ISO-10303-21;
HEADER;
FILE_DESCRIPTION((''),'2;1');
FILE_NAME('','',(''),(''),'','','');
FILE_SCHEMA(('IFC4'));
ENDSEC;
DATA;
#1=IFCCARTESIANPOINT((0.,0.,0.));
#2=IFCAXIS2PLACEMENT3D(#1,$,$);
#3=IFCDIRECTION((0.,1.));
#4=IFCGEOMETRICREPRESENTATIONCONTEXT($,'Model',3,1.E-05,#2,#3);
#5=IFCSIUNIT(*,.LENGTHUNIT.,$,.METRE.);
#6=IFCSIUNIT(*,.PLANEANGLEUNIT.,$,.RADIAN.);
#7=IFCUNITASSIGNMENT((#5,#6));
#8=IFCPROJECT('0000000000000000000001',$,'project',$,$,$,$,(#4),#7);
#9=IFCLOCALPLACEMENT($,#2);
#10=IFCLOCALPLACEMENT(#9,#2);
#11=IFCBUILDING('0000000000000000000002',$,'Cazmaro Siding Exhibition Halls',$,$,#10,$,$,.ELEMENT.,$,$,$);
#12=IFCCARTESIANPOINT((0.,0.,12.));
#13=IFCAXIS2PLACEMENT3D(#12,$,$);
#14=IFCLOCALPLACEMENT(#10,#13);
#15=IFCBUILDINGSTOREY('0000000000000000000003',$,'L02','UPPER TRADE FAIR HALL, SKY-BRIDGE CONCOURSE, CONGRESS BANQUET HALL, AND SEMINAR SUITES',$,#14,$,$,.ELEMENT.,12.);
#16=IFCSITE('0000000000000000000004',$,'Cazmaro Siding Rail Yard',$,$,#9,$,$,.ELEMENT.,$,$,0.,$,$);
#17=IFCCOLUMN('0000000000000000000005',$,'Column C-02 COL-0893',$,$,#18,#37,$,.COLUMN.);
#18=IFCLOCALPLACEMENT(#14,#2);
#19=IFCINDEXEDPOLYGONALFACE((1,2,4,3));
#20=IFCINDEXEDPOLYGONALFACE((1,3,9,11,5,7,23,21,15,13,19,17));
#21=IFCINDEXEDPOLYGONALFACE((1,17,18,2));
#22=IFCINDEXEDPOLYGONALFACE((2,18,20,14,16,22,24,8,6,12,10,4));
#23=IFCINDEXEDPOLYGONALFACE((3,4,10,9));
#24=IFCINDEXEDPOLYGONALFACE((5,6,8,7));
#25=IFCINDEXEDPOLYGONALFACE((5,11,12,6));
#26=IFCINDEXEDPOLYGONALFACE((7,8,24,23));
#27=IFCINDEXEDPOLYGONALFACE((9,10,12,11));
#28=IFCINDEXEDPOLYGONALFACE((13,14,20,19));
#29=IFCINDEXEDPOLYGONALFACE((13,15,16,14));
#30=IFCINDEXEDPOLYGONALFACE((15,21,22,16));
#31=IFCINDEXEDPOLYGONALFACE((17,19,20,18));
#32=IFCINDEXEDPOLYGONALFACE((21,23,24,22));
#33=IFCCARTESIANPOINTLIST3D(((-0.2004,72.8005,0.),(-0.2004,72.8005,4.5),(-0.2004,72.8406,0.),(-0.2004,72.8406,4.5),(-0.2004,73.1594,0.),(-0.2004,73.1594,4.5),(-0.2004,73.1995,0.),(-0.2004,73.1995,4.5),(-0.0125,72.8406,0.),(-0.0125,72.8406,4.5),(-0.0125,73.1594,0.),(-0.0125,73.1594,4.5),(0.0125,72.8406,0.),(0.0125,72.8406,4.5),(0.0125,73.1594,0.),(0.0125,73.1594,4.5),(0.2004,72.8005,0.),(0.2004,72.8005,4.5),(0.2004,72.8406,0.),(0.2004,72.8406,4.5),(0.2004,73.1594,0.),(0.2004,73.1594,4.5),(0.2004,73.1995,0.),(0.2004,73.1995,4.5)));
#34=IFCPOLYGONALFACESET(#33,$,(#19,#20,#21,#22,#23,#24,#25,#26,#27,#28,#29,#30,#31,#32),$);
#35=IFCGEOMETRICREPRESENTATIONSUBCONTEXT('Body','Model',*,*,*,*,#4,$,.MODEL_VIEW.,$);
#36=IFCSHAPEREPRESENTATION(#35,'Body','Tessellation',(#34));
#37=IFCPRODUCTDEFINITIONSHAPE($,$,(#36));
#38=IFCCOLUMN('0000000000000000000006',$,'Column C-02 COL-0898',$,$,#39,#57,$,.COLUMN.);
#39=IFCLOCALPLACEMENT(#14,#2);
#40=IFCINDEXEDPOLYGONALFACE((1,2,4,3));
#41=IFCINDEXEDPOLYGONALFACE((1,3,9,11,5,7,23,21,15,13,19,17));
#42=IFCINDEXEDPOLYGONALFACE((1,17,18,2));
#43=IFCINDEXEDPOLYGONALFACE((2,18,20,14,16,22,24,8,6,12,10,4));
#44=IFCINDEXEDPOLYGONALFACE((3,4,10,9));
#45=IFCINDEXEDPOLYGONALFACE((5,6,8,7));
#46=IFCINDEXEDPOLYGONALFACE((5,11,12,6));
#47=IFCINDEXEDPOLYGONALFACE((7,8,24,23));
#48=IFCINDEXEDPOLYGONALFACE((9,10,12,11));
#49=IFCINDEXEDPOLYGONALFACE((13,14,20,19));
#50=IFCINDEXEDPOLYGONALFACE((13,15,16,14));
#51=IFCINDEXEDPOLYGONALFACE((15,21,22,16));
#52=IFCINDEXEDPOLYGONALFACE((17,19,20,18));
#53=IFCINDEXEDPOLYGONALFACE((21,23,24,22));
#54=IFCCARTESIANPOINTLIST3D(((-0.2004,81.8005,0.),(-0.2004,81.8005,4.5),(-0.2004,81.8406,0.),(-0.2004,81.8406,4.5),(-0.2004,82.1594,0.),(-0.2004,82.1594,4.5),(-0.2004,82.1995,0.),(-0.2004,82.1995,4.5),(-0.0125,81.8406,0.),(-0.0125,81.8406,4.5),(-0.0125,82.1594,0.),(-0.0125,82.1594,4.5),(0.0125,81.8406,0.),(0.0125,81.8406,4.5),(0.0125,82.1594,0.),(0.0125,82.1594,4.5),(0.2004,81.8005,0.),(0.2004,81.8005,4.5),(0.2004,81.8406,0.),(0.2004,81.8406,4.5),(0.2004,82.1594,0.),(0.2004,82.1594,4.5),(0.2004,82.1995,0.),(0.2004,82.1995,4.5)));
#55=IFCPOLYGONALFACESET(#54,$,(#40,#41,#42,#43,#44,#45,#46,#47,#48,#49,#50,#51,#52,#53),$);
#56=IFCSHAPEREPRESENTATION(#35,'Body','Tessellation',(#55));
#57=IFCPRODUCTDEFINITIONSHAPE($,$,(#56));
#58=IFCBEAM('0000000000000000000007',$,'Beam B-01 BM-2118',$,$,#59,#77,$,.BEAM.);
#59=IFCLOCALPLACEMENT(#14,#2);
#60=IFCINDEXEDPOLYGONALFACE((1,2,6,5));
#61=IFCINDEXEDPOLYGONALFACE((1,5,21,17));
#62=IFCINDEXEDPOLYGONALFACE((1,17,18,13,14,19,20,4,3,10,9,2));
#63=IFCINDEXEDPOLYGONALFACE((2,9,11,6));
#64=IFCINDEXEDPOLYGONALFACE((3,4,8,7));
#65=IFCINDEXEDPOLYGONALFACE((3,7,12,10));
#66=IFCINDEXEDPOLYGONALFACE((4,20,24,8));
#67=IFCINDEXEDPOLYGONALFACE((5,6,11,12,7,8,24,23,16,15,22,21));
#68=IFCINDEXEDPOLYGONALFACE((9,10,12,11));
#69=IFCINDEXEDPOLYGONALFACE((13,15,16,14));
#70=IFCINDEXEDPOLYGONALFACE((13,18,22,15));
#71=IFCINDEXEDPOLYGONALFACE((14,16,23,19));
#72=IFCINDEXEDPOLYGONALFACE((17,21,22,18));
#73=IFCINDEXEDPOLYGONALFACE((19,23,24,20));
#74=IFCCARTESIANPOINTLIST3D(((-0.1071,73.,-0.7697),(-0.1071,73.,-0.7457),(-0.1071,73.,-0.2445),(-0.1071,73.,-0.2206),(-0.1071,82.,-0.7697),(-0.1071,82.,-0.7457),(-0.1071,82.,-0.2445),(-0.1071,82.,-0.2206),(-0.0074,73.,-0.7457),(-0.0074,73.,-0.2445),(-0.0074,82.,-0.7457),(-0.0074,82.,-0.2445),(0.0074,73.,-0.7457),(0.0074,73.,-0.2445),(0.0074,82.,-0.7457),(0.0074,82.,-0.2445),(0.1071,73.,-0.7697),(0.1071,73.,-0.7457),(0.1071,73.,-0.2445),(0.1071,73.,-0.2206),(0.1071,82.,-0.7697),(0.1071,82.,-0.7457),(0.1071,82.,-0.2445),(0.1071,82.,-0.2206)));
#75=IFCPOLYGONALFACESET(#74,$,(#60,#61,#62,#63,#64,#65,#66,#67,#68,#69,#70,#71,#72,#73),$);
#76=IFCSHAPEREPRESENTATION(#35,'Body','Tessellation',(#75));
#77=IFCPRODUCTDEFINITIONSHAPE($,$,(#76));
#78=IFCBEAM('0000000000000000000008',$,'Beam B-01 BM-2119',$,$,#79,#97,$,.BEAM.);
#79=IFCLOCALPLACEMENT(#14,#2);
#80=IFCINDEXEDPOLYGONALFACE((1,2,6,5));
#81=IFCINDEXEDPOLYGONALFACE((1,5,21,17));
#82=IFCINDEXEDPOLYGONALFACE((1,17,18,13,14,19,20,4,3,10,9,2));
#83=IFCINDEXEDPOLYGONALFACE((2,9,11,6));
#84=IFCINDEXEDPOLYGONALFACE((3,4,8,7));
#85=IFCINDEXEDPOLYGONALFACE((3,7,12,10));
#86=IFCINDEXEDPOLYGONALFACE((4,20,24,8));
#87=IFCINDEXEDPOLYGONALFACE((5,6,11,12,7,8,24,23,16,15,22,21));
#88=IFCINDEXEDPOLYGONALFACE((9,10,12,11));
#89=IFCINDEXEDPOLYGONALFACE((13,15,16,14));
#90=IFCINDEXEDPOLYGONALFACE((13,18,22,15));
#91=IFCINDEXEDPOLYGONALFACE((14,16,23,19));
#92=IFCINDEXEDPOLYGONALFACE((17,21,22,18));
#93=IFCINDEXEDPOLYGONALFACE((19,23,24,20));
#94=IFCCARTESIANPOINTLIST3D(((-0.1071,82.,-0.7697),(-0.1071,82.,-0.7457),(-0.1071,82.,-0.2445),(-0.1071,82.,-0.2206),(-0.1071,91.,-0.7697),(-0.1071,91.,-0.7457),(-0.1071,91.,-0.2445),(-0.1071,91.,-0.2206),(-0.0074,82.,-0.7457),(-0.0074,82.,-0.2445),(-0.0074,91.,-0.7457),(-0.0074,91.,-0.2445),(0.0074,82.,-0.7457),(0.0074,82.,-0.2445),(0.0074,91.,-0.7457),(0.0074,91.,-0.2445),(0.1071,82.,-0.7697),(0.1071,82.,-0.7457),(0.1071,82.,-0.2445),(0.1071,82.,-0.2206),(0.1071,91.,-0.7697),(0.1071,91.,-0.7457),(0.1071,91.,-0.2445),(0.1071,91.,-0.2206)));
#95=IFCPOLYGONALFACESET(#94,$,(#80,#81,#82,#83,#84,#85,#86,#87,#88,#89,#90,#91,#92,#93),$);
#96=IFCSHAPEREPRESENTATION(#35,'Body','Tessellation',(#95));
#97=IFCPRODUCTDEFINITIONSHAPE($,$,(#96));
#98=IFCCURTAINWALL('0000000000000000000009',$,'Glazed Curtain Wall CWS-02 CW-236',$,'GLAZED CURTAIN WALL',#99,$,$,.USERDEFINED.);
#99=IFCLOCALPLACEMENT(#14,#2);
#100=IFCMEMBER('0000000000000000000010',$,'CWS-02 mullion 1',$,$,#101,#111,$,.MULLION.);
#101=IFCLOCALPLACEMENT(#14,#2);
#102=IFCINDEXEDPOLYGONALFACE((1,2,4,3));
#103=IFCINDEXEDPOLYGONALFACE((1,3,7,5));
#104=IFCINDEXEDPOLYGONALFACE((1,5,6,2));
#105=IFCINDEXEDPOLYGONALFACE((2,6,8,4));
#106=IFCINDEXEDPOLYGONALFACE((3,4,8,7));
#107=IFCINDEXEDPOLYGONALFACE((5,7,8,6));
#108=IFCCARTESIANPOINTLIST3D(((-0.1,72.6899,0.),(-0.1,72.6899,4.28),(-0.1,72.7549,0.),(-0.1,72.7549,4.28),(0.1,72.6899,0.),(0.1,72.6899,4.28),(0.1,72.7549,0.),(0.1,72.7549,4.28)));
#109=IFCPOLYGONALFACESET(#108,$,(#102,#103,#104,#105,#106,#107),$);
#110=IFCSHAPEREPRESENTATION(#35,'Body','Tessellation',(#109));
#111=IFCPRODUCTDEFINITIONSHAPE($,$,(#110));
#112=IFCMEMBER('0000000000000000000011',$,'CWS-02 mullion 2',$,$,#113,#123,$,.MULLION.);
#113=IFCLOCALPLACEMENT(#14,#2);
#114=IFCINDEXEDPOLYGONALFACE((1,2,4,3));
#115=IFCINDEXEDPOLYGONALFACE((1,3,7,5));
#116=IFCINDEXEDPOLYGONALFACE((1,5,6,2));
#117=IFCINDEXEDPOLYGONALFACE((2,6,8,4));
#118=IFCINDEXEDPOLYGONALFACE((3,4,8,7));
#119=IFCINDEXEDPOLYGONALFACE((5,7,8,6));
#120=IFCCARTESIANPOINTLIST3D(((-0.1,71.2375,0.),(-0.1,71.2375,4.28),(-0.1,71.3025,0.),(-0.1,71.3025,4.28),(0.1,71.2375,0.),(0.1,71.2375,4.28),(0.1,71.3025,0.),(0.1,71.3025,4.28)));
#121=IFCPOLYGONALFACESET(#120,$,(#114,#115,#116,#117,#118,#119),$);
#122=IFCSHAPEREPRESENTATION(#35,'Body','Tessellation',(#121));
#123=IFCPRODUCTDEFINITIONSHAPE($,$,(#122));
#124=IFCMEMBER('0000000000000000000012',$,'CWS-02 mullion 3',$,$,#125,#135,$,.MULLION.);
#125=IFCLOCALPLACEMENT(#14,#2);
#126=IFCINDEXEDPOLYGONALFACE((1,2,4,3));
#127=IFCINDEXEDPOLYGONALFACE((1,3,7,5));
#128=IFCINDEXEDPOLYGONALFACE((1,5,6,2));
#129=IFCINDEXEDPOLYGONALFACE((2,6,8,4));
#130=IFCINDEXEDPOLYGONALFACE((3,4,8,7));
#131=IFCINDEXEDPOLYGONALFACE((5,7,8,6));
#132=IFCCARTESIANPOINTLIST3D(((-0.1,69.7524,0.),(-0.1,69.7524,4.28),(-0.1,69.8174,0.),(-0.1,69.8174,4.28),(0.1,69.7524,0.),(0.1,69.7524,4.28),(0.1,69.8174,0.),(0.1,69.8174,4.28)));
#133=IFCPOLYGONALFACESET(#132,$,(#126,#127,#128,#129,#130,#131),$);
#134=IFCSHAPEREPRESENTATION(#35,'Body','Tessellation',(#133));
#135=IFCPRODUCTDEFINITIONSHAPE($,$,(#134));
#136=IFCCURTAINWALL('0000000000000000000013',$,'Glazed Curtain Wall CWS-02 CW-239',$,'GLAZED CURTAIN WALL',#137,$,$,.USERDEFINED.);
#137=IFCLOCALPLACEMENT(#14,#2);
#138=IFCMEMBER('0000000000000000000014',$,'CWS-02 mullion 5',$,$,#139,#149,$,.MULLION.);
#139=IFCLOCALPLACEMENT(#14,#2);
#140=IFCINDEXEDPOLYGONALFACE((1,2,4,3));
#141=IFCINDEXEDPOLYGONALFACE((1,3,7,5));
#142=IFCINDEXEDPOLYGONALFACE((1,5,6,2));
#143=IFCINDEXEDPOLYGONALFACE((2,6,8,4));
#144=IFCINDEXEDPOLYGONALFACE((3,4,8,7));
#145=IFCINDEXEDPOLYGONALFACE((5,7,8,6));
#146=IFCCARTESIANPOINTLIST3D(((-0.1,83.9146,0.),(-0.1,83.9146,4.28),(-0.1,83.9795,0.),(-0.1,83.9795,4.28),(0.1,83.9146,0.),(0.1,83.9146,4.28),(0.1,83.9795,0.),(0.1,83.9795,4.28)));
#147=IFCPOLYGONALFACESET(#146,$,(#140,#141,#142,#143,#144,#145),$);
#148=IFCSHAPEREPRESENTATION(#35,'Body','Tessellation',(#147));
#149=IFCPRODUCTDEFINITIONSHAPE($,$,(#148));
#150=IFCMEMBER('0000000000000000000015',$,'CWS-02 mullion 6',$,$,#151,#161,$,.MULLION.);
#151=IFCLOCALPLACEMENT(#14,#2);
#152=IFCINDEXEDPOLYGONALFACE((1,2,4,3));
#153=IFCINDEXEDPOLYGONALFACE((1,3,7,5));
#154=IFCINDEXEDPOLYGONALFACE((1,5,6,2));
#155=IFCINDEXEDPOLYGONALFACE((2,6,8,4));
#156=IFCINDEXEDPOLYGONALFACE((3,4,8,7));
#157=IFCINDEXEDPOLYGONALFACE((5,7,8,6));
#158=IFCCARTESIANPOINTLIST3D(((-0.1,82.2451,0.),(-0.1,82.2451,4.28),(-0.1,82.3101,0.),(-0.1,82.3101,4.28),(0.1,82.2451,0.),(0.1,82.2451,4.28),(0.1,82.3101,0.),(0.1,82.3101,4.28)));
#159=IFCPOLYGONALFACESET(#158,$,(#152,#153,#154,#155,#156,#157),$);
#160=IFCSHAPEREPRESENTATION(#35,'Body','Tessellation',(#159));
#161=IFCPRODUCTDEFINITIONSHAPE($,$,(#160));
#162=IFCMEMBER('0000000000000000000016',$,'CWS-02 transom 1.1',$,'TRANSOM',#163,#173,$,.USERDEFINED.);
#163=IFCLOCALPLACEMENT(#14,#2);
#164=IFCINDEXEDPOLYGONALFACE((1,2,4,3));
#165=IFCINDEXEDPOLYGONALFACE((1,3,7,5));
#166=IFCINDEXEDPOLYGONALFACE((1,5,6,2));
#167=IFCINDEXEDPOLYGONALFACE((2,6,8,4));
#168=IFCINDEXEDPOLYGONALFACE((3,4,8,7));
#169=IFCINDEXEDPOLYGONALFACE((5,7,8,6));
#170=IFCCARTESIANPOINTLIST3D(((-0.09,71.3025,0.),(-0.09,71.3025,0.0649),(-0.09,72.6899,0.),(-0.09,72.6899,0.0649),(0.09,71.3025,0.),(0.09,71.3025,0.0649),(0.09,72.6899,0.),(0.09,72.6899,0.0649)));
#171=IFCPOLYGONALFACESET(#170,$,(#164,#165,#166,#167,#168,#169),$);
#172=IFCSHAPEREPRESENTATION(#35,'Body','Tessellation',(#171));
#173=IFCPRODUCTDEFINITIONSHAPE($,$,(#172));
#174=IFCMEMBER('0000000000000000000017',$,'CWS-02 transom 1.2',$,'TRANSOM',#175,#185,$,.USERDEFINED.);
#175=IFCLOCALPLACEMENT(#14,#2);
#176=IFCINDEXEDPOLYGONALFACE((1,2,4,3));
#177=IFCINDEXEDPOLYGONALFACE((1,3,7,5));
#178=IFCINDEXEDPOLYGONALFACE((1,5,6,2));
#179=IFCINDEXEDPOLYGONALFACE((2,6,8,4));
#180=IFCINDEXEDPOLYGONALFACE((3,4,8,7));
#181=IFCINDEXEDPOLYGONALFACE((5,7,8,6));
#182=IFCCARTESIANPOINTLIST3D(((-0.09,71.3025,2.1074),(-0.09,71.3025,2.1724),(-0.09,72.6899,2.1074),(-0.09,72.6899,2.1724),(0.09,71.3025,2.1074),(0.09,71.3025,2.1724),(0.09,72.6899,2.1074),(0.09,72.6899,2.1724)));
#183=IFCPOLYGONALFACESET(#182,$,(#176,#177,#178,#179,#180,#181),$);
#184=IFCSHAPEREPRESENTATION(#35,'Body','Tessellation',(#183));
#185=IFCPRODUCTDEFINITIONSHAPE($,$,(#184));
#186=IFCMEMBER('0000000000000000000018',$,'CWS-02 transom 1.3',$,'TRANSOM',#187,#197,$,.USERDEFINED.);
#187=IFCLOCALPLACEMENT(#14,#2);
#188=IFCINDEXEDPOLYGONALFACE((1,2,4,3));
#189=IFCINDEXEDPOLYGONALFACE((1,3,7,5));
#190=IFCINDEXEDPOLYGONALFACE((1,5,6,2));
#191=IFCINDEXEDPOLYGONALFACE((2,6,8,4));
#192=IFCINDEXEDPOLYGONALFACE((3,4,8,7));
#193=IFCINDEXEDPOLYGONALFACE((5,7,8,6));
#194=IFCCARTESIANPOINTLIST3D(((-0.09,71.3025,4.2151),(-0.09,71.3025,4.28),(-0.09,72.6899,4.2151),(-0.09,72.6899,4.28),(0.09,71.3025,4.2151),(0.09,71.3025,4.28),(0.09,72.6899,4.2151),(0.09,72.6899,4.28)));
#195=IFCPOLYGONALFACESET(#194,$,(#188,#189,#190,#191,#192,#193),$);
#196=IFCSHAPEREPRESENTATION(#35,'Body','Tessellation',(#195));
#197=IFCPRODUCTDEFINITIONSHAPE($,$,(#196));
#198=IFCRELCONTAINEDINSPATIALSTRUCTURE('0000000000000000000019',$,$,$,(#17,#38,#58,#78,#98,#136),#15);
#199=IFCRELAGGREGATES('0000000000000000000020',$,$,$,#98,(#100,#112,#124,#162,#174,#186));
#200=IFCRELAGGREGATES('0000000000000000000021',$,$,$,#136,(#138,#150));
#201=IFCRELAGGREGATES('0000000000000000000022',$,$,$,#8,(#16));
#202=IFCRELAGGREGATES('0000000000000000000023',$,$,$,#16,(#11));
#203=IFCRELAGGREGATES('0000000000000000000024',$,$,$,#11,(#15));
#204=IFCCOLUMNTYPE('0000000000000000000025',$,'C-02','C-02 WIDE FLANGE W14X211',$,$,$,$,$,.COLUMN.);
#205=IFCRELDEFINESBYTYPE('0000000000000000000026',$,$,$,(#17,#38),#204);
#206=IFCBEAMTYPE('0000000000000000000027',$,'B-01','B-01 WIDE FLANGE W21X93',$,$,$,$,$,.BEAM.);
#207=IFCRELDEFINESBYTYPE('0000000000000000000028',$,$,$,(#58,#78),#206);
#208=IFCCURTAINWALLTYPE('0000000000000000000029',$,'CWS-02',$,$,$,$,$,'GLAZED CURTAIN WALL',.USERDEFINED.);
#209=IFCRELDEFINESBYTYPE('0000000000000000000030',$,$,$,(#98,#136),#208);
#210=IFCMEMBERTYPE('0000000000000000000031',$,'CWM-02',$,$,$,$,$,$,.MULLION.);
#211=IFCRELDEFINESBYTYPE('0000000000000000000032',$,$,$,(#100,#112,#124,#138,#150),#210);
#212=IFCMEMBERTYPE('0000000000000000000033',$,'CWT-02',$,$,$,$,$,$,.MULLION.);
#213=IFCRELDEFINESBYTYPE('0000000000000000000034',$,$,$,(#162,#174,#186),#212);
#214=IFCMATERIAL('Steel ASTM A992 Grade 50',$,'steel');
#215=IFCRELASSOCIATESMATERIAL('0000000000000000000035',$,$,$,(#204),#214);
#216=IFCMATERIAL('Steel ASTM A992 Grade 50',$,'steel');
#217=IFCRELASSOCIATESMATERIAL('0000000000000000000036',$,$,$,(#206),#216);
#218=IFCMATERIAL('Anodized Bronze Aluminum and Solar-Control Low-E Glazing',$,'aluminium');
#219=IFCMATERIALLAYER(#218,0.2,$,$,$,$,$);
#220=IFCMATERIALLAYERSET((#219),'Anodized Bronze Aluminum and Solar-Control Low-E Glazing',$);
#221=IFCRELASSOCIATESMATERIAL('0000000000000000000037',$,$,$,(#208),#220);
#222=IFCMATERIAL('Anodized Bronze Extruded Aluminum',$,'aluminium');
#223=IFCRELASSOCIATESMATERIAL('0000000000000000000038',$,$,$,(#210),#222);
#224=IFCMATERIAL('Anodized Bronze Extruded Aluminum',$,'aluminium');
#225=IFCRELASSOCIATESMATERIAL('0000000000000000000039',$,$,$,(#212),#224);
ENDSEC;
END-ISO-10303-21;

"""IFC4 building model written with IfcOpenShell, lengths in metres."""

from ifc_helpers import new_model, si_unit, direction, frame, origin, origin_2d, place, context, subcontext, project, spatial, rectangle, i_section, extrude, material, layer, layer_set, material_profile, profile_set, type_object, element, aggregate, save


model = new_model("IFC4")

# Units and contexts
model_context = context("Model", 3, precision=1e-05, world=origin(), true_north=direction((0.0, 1.0)))
body_context = subcontext(model_context, "Body", "Model", "MODEL_VIEW")
ifc_project = project(units=[si_unit("LENGTHUNIT", "METRE"), si_unit("PLANEANGLEUNIT", "RADIAN")], contexts=[model_context])

# Site, building, storey
site_placement = place(None, origin())
site = spatial("IfcSite", under=ifc_project, at=site_placement, Name="Cazmaro Siding Rail Yard", CompositionType="ELEMENT", RefElevation=0.0)
building_placement = place(site_placement, origin())
building = spatial("IfcBuilding", under=site, at=building_placement, Name="Cazmaro Siding Exhibition Halls", CompositionType="ELEMENT")
storey_placement = place(building_placement, frame((0.0, 0.0, 12.0)))
storey = spatial("IfcBuildingStorey", under=building, at=storey_placement, Name="L02", Description="UPPER TRADE FAIR HALL, SKY-BRIDGE CONCOURSE, CONGRESS BANQUET HALL, AND SEMINAR SUITES", CompositionType="ELEMENT", Elevation=12.0)

# Columns
ifc_material_1 = material(Name="Steel ASTM A992 Grade 50", Category="steel")
ifc_material_profile_1 = material_profile(ifc_material_1, i_section(OverallWidth=0.4009, OverallDepth=0.3989, WebThickness=0.0249, FlangeThickness=0.04, at=origin_2d()), Name="W14X211")
ifc_profile_set_1 = profile_set([ifc_material_profile_1], Name="Steel ASTM A992 Grade 50")
column_type = type_object("IfcColumnType", Name="C-02", Description="C-02 WIDE FLANGE W14X211", PredefinedType="COLUMN", material=ifc_profile_set_1)
for number, where, z_axis, x_axis, name in (
    (1, (0.0, 73.0, 0.0), (0.0, 0.0, 1.0), (1.0, 0.0, 0.0), "Column C-02 COL-0893"),
    (2, (0.0, 82.0, 0.0), (0.0, 0.0, 1.0), (1.0, 0.0, 0.0), "Column C-02 COL-0898"),
):
    element("IfcColumn", number, at=place(storey_placement, frame(where, z_axis=z_axis, x_axis=x_axis)), inside=storey, type_object=column_type, Name=name, PredefinedType="COLUMN", context=body_context, shape_type="SweptSolid", body=[
        extrude(i_section(OverallWidth=0.4009, OverallDepth=0.3989, WebThickness=0.0249, FlangeThickness=0.04, at=origin_2d()), origin(), (0.0, 0.0, 1.0), 4.5),
    ])

# Beams
ifc_material_2 = material(Name="Steel ASTM A992 Grade 50", Category="steel")
ifc_material_profile_2 = material_profile(ifc_material_2, i_section(OverallWidth=0.2141, OverallDepth=0.5491, WebThickness=0.0149, FlangeThickness=0.0239, at=origin_2d()), Name="W21X93")
ifc_profile_set_2 = profile_set([ifc_material_profile_2], Name="Steel ASTM A992 Grade 50")
beam_type_1 = type_object("IfcBeamType", Name="B-01", Description="B-01 WIDE FLANGE W21X93", PredefinedType="BEAM", material=ifc_profile_set_2)
for number, where, z_axis, x_axis, name in (
    (3, (0.0, 73.0, -0.4951), (0.0, 1.0, 0.0), (-1.0, 0.0, 0.0), "Beam B-01 BM-2118"),
    (4, (0.0, 82.0, -0.4951), (0.0, 1.0, 0.0), (-1.0, 0.0, 0.0), "Beam B-01 BM-2119"),
):
    element("IfcBeam", number, at=place(storey_placement, frame(where, z_axis=z_axis, x_axis=x_axis)), inside=storey, type_object=beam_type_1, Name=name, PredefinedType="BEAM", context=body_context, shape_type="SweptSolid", body=[
        extrude(i_section(OverallWidth=0.2141, OverallDepth=0.5491, WebThickness=0.0149, FlangeThickness=0.0239, at=origin_2d()), origin(), (0.0, 0.0, 1.0), 9.0),
    ])

# Curtain walls, members
ifc_material_3 = material(Name="Anodized Bronze Aluminum and Solar-Control Low-E Glazing", Category="aluminium")
ifc_layer_1 = layer(ifc_material_3, 0.2)
ifc_layer_set_1 = layer_set([ifc_layer_1], Name="Anodized Bronze Aluminum and Solar-Control Low-E Glazing")
curtain_wall_type = type_object("IfcCurtainWallType", Name="CWS-02", ElementType="GLAZED CURTAIN WALL", PredefinedType="USERDEFINED", material=ifc_layer_set_1)
curtain_wall_1_placement = place(storey_placement, origin())
curtain_wall_1 = element("IfcCurtainWall", 5, at=curtain_wall_1_placement, inside=storey, type_object=curtain_wall_type, Name="Glazed Curtain Wall CWS-02 CW-236", ObjectType="GLAZED CURTAIN WALL", PredefinedType="USERDEFINED")
ifc_material_4 = material(Name="Anodized Bronze Extruded Aluminum", Category="aluminium")
ifc_material_profile_3 = material_profile(ifc_material_4, rectangle(XDim=0.2, YDim=0.0649, at=origin_2d()), Name="CWM-02")
ifc_profile_set_3 = profile_set([ifc_material_profile_3], Name="Anodized Bronze Extruded Aluminum")
member_type_1 = type_object("IfcMemberType", Name="CWM-02", PredefinedType="MULLION", material=ifc_profile_set_3)
member_1_placement = place(storey_placement, frame((0.0, 72.7224, 0.0), z_axis=(0.0, 0.0, 1.0), x_axis=(1.0, 0.0, 0.0)))
member_1 = element("IfcMember", 6, at=member_1_placement, type_object=member_type_1, Name="CWS-02 mullion 1", PredefinedType="MULLION", context=body_context, shape_type="SweptSolid", body=[
    extrude(rectangle(XDim=0.2, YDim=0.0649, at=origin_2d()), origin(), (0.0, 0.0, 1.0), 4.28),
])
member_2_placement = place(storey_placement, frame((0.0, 71.27, 0.0), z_axis=(0.0, 0.0, 1.0), x_axis=(1.0, 0.0, 0.0)))
member_2 = element("IfcMember", 7, at=member_2_placement, type_object=member_type_1, Name="CWS-02 mullion 2", PredefinedType="MULLION", context=body_context, shape_type="SweptSolid", body=[
    extrude(rectangle(XDim=0.2, YDim=0.0649, at=origin_2d()), origin(), (0.0, 0.0, 1.0), 4.28),
])
member_3_placement = place(storey_placement, frame((0.0, 69.7849, 0.0), z_axis=(0.0, 0.0, 1.0), x_axis=(1.0, 0.0, 0.0)))
member_3 = element("IfcMember", 8, at=member_3_placement, type_object=member_type_1, Name="CWS-02 mullion 3", PredefinedType="MULLION", context=body_context, shape_type="SweptSolid", body=[
    extrude(rectangle(XDim=0.2, YDim=0.0649, at=origin_2d()), origin(), (0.0, 0.0, 1.0), 4.28),
])
curtain_wall_2_placement = place(storey_placement, origin())
curtain_wall_2 = element("IfcCurtainWall", 9, at=curtain_wall_2_placement, inside=storey, type_object=curtain_wall_type, Name="Glazed Curtain Wall CWS-02 CW-239", ObjectType="GLAZED CURTAIN WALL", PredefinedType="USERDEFINED")
member_4_placement = place(storey_placement, frame((0.0, 83.947, 0.0), z_axis=(0.0, 0.0, 1.0), x_axis=(1.0, 0.0, 0.0)))
member_4 = element("IfcMember", 10, at=member_4_placement, type_object=member_type_1, Name="CWS-02 mullion 5", PredefinedType="MULLION", context=body_context, shape_type="SweptSolid", body=[
    extrude(rectangle(XDim=0.2, YDim=0.0649, at=origin_2d()), origin(), (0.0, 0.0, 1.0), 4.28),
])
member_5_placement = place(storey_placement, frame((0.0, 82.2776, 0.0), z_axis=(0.0, 0.0, 1.0), x_axis=(1.0, 0.0, 0.0)))
member_5 = element("IfcMember", 11, at=member_5_placement, type_object=member_type_1, Name="CWS-02 mullion 6", PredefinedType="MULLION", context=body_context, shape_type="SweptSolid", body=[
    extrude(rectangle(XDim=0.2, YDim=0.0649, at=origin_2d()), origin(), (0.0, 0.0, 1.0), 4.28),
])

# Members
ifc_material_5 = material(Name="Anodized Bronze Extruded Aluminum", Category="aluminium")
ifc_material_profile_4 = material_profile(ifc_material_5, rectangle(XDim=0.1799, YDim=0.0649, at=origin_2d()), Name="CWT-02")
ifc_profile_set_4 = profile_set([ifc_material_profile_4], Name="Anodized Bronze Extruded Aluminum")
member_type_2 = type_object("IfcMemberType", Name="CWT-02", PredefinedType="MULLION", material=ifc_profile_set_4)
member_6_placement = place(storey_placement, frame((0.0, 72.6899, 0.0325), z_axis=(0.0, -1.0, 0.0), x_axis=(1.0, 0.0, 0.0)))
member_6 = element("IfcMember", 12, at=member_6_placement, type_object=member_type_2, Name="CWS-02 transom 1.1", ObjectType="TRANSOM", PredefinedType="USERDEFINED", context=body_context, shape_type="SweptSolid", body=[
    extrude(rectangle(XDim=0.1799, YDim=0.0649, at=origin_2d()), origin(), (0.0, 0.0, 1.0), 1.3875),
])
member_7_placement = place(storey_placement, frame((0.0, 72.6899, 2.1399), z_axis=(0.0, -1.0, 0.0), x_axis=(1.0, 0.0, 0.0)))
member_7 = element("IfcMember", 13, at=member_7_placement, type_object=member_type_2, Name="CWS-02 transom 1.2", ObjectType="TRANSOM", PredefinedType="USERDEFINED", context=body_context, shape_type="SweptSolid", body=[
    extrude(rectangle(XDim=0.1799, YDim=0.0649, at=origin_2d()), origin(), (0.0, 0.0, 1.0), 1.3875),
])
member_8_placement = place(storey_placement, frame((0.0, 72.6899, 4.2476), z_axis=(0.0, -1.0, 0.0), x_axis=(1.0, 0.0, 0.0)))
member_8 = element("IfcMember", 14, at=member_8_placement, type_object=member_type_2, Name="CWS-02 transom 1.3", ObjectType="TRANSOM", PredefinedType="USERDEFINED", context=body_context, shape_type="SweptSolid", body=[
    extrude(rectangle(XDim=0.1799, YDim=0.0649, at=origin_2d()), origin(), (0.0, 0.0, 1.0), 1.3875),
])

aggregate(curtain_wall_1, [member_1, member_2, member_3, member_6, member_7, member_8])
aggregate(curtain_wall_2, [member_4, member_5])

save(model, "model.ifc")
